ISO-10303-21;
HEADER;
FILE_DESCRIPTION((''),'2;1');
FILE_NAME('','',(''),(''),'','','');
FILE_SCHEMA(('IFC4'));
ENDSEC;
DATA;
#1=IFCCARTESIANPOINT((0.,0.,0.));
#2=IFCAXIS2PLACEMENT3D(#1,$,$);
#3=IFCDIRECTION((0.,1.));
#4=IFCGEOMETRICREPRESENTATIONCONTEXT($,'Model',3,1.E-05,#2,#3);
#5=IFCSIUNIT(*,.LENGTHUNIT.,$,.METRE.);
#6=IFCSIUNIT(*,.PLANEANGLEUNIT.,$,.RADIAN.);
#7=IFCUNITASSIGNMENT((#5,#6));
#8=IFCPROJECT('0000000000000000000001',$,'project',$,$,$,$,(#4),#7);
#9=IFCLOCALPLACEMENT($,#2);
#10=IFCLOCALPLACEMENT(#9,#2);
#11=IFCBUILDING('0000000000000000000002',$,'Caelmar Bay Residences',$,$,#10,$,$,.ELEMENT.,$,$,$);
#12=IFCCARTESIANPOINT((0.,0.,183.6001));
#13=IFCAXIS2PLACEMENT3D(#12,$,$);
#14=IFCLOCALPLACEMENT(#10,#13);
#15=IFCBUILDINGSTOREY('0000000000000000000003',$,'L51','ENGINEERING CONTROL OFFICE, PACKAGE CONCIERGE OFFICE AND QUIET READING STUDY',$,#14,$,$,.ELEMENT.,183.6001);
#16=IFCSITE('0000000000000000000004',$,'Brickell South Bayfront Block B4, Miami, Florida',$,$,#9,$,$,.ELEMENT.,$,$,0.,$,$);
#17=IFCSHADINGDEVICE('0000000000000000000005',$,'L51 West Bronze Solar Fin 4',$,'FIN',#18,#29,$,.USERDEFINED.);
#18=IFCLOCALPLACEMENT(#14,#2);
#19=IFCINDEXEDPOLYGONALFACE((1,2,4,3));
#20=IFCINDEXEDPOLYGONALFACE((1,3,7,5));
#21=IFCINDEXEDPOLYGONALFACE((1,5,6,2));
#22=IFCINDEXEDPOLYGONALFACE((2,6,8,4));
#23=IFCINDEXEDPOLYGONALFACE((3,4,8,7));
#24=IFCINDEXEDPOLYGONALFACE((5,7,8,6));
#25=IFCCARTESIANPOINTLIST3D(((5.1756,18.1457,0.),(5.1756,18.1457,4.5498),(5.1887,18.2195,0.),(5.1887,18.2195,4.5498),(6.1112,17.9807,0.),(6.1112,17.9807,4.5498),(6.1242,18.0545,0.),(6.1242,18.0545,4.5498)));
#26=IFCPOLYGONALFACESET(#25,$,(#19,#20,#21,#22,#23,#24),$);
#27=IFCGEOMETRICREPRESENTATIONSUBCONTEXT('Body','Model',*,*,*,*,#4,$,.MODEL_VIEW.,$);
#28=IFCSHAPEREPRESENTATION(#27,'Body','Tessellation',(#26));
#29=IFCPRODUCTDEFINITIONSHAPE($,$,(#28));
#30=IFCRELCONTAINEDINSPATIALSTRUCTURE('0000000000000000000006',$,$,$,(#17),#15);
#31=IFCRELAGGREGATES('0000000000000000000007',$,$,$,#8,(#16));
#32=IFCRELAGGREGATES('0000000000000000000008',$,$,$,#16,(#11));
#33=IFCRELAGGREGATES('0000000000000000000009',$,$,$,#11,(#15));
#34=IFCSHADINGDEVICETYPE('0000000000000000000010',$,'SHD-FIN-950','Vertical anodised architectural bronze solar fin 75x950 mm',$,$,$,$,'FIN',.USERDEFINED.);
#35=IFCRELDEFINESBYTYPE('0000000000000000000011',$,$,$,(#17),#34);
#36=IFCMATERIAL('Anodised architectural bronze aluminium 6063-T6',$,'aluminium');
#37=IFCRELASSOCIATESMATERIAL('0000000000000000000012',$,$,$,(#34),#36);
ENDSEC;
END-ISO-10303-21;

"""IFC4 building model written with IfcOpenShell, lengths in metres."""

from ifc_helpers import new_model, si_unit, direction, frame, origin, origin_2d, place, context, subcontext, project, spatial, rectangle, extrude, material, material_profile, profile_set, type_object, element, save


model = new_model("IFC4")

# Units and contexts
model_context = context("Model", 3, precision=1e-05, world=origin(), true_north=direction((0.0, 1.0)))
body_context = subcontext(model_context, "Body", "Model", "MODEL_VIEW")
ifc_project = project(units=[si_unit("LENGTHUNIT", "METRE"), si_unit("PLANEANGLEUNIT", "RADIAN")], contexts=[model_context])

# Site, building, storey
site_placement = place(None, origin())
site = spatial("IfcSite", under=ifc_project, at=site_placement, Name="Brickell South Bayfront Block B4, Miami, Florida", CompositionType="ELEMENT", RefElevation=0.0)
building_placement = place(site_placement, origin())
building = spatial("IfcBuilding", under=site, at=building_placement, Name="Caelmar Bay Residences", CompositionType="ELEMENT")
storey_placement = place(building_placement, frame((0.0, 0.0, 183.6001)))
storey = spatial("IfcBuildingStorey", under=building, at=storey_placement, Name="L51", Description="ENGINEERING CONTROL OFFICE, PACKAGE CONCIERGE OFFICE AND QUIET READING STUDY", CompositionType="ELEMENT", Elevation=183.6001)

# Shading device
ifc_material_1 = material(Name="Anodised architectural bronze aluminium 6063-T6", Category="aluminium")
ifc_material_profile_1 = material_profile(ifc_material_1, rectangle(XDim=0.075, YDim=0.95, at=origin_2d()), Name="BRONZE-FIN-75X950")
ifc_profile_set_1 = profile_set([ifc_material_profile_1], Name="Anodised architectural bronze aluminium 6063-T6")
shading_device_type = type_object("IfcShadingDeviceType", Name="SHD-FIN-950", Description="Vertical anodised architectural bronze solar fin 75x950 mm", ElementType="FIN", PredefinedType="USERDEFINED", material=ifc_profile_set_1)
for number, where, z_axis, x_axis, name in (
    (1, (5.6499, 18.1001, 0.0), (0.0, 0.0, 1.0), (0.173648, 0.984808, 0.0), "L51 West Bronze Solar Fin 4"),
):
    element("IfcShadingDevice", number, at=place(storey_placement, frame(where, z_axis=z_axis, x_axis=x_axis)), inside=storey, type_object=shading_device_type, Name=name, ObjectType="FIN", PredefinedType="USERDEFINED", context=body_context, shape_type="SweptSolid", body=[
        extrude(rectangle(XDim=0.075, YDim=0.95, at=origin_2d()), origin(), (0.0, 0.0, 1.0), 4.5498),
    ])

save(model, "model.ifc")
